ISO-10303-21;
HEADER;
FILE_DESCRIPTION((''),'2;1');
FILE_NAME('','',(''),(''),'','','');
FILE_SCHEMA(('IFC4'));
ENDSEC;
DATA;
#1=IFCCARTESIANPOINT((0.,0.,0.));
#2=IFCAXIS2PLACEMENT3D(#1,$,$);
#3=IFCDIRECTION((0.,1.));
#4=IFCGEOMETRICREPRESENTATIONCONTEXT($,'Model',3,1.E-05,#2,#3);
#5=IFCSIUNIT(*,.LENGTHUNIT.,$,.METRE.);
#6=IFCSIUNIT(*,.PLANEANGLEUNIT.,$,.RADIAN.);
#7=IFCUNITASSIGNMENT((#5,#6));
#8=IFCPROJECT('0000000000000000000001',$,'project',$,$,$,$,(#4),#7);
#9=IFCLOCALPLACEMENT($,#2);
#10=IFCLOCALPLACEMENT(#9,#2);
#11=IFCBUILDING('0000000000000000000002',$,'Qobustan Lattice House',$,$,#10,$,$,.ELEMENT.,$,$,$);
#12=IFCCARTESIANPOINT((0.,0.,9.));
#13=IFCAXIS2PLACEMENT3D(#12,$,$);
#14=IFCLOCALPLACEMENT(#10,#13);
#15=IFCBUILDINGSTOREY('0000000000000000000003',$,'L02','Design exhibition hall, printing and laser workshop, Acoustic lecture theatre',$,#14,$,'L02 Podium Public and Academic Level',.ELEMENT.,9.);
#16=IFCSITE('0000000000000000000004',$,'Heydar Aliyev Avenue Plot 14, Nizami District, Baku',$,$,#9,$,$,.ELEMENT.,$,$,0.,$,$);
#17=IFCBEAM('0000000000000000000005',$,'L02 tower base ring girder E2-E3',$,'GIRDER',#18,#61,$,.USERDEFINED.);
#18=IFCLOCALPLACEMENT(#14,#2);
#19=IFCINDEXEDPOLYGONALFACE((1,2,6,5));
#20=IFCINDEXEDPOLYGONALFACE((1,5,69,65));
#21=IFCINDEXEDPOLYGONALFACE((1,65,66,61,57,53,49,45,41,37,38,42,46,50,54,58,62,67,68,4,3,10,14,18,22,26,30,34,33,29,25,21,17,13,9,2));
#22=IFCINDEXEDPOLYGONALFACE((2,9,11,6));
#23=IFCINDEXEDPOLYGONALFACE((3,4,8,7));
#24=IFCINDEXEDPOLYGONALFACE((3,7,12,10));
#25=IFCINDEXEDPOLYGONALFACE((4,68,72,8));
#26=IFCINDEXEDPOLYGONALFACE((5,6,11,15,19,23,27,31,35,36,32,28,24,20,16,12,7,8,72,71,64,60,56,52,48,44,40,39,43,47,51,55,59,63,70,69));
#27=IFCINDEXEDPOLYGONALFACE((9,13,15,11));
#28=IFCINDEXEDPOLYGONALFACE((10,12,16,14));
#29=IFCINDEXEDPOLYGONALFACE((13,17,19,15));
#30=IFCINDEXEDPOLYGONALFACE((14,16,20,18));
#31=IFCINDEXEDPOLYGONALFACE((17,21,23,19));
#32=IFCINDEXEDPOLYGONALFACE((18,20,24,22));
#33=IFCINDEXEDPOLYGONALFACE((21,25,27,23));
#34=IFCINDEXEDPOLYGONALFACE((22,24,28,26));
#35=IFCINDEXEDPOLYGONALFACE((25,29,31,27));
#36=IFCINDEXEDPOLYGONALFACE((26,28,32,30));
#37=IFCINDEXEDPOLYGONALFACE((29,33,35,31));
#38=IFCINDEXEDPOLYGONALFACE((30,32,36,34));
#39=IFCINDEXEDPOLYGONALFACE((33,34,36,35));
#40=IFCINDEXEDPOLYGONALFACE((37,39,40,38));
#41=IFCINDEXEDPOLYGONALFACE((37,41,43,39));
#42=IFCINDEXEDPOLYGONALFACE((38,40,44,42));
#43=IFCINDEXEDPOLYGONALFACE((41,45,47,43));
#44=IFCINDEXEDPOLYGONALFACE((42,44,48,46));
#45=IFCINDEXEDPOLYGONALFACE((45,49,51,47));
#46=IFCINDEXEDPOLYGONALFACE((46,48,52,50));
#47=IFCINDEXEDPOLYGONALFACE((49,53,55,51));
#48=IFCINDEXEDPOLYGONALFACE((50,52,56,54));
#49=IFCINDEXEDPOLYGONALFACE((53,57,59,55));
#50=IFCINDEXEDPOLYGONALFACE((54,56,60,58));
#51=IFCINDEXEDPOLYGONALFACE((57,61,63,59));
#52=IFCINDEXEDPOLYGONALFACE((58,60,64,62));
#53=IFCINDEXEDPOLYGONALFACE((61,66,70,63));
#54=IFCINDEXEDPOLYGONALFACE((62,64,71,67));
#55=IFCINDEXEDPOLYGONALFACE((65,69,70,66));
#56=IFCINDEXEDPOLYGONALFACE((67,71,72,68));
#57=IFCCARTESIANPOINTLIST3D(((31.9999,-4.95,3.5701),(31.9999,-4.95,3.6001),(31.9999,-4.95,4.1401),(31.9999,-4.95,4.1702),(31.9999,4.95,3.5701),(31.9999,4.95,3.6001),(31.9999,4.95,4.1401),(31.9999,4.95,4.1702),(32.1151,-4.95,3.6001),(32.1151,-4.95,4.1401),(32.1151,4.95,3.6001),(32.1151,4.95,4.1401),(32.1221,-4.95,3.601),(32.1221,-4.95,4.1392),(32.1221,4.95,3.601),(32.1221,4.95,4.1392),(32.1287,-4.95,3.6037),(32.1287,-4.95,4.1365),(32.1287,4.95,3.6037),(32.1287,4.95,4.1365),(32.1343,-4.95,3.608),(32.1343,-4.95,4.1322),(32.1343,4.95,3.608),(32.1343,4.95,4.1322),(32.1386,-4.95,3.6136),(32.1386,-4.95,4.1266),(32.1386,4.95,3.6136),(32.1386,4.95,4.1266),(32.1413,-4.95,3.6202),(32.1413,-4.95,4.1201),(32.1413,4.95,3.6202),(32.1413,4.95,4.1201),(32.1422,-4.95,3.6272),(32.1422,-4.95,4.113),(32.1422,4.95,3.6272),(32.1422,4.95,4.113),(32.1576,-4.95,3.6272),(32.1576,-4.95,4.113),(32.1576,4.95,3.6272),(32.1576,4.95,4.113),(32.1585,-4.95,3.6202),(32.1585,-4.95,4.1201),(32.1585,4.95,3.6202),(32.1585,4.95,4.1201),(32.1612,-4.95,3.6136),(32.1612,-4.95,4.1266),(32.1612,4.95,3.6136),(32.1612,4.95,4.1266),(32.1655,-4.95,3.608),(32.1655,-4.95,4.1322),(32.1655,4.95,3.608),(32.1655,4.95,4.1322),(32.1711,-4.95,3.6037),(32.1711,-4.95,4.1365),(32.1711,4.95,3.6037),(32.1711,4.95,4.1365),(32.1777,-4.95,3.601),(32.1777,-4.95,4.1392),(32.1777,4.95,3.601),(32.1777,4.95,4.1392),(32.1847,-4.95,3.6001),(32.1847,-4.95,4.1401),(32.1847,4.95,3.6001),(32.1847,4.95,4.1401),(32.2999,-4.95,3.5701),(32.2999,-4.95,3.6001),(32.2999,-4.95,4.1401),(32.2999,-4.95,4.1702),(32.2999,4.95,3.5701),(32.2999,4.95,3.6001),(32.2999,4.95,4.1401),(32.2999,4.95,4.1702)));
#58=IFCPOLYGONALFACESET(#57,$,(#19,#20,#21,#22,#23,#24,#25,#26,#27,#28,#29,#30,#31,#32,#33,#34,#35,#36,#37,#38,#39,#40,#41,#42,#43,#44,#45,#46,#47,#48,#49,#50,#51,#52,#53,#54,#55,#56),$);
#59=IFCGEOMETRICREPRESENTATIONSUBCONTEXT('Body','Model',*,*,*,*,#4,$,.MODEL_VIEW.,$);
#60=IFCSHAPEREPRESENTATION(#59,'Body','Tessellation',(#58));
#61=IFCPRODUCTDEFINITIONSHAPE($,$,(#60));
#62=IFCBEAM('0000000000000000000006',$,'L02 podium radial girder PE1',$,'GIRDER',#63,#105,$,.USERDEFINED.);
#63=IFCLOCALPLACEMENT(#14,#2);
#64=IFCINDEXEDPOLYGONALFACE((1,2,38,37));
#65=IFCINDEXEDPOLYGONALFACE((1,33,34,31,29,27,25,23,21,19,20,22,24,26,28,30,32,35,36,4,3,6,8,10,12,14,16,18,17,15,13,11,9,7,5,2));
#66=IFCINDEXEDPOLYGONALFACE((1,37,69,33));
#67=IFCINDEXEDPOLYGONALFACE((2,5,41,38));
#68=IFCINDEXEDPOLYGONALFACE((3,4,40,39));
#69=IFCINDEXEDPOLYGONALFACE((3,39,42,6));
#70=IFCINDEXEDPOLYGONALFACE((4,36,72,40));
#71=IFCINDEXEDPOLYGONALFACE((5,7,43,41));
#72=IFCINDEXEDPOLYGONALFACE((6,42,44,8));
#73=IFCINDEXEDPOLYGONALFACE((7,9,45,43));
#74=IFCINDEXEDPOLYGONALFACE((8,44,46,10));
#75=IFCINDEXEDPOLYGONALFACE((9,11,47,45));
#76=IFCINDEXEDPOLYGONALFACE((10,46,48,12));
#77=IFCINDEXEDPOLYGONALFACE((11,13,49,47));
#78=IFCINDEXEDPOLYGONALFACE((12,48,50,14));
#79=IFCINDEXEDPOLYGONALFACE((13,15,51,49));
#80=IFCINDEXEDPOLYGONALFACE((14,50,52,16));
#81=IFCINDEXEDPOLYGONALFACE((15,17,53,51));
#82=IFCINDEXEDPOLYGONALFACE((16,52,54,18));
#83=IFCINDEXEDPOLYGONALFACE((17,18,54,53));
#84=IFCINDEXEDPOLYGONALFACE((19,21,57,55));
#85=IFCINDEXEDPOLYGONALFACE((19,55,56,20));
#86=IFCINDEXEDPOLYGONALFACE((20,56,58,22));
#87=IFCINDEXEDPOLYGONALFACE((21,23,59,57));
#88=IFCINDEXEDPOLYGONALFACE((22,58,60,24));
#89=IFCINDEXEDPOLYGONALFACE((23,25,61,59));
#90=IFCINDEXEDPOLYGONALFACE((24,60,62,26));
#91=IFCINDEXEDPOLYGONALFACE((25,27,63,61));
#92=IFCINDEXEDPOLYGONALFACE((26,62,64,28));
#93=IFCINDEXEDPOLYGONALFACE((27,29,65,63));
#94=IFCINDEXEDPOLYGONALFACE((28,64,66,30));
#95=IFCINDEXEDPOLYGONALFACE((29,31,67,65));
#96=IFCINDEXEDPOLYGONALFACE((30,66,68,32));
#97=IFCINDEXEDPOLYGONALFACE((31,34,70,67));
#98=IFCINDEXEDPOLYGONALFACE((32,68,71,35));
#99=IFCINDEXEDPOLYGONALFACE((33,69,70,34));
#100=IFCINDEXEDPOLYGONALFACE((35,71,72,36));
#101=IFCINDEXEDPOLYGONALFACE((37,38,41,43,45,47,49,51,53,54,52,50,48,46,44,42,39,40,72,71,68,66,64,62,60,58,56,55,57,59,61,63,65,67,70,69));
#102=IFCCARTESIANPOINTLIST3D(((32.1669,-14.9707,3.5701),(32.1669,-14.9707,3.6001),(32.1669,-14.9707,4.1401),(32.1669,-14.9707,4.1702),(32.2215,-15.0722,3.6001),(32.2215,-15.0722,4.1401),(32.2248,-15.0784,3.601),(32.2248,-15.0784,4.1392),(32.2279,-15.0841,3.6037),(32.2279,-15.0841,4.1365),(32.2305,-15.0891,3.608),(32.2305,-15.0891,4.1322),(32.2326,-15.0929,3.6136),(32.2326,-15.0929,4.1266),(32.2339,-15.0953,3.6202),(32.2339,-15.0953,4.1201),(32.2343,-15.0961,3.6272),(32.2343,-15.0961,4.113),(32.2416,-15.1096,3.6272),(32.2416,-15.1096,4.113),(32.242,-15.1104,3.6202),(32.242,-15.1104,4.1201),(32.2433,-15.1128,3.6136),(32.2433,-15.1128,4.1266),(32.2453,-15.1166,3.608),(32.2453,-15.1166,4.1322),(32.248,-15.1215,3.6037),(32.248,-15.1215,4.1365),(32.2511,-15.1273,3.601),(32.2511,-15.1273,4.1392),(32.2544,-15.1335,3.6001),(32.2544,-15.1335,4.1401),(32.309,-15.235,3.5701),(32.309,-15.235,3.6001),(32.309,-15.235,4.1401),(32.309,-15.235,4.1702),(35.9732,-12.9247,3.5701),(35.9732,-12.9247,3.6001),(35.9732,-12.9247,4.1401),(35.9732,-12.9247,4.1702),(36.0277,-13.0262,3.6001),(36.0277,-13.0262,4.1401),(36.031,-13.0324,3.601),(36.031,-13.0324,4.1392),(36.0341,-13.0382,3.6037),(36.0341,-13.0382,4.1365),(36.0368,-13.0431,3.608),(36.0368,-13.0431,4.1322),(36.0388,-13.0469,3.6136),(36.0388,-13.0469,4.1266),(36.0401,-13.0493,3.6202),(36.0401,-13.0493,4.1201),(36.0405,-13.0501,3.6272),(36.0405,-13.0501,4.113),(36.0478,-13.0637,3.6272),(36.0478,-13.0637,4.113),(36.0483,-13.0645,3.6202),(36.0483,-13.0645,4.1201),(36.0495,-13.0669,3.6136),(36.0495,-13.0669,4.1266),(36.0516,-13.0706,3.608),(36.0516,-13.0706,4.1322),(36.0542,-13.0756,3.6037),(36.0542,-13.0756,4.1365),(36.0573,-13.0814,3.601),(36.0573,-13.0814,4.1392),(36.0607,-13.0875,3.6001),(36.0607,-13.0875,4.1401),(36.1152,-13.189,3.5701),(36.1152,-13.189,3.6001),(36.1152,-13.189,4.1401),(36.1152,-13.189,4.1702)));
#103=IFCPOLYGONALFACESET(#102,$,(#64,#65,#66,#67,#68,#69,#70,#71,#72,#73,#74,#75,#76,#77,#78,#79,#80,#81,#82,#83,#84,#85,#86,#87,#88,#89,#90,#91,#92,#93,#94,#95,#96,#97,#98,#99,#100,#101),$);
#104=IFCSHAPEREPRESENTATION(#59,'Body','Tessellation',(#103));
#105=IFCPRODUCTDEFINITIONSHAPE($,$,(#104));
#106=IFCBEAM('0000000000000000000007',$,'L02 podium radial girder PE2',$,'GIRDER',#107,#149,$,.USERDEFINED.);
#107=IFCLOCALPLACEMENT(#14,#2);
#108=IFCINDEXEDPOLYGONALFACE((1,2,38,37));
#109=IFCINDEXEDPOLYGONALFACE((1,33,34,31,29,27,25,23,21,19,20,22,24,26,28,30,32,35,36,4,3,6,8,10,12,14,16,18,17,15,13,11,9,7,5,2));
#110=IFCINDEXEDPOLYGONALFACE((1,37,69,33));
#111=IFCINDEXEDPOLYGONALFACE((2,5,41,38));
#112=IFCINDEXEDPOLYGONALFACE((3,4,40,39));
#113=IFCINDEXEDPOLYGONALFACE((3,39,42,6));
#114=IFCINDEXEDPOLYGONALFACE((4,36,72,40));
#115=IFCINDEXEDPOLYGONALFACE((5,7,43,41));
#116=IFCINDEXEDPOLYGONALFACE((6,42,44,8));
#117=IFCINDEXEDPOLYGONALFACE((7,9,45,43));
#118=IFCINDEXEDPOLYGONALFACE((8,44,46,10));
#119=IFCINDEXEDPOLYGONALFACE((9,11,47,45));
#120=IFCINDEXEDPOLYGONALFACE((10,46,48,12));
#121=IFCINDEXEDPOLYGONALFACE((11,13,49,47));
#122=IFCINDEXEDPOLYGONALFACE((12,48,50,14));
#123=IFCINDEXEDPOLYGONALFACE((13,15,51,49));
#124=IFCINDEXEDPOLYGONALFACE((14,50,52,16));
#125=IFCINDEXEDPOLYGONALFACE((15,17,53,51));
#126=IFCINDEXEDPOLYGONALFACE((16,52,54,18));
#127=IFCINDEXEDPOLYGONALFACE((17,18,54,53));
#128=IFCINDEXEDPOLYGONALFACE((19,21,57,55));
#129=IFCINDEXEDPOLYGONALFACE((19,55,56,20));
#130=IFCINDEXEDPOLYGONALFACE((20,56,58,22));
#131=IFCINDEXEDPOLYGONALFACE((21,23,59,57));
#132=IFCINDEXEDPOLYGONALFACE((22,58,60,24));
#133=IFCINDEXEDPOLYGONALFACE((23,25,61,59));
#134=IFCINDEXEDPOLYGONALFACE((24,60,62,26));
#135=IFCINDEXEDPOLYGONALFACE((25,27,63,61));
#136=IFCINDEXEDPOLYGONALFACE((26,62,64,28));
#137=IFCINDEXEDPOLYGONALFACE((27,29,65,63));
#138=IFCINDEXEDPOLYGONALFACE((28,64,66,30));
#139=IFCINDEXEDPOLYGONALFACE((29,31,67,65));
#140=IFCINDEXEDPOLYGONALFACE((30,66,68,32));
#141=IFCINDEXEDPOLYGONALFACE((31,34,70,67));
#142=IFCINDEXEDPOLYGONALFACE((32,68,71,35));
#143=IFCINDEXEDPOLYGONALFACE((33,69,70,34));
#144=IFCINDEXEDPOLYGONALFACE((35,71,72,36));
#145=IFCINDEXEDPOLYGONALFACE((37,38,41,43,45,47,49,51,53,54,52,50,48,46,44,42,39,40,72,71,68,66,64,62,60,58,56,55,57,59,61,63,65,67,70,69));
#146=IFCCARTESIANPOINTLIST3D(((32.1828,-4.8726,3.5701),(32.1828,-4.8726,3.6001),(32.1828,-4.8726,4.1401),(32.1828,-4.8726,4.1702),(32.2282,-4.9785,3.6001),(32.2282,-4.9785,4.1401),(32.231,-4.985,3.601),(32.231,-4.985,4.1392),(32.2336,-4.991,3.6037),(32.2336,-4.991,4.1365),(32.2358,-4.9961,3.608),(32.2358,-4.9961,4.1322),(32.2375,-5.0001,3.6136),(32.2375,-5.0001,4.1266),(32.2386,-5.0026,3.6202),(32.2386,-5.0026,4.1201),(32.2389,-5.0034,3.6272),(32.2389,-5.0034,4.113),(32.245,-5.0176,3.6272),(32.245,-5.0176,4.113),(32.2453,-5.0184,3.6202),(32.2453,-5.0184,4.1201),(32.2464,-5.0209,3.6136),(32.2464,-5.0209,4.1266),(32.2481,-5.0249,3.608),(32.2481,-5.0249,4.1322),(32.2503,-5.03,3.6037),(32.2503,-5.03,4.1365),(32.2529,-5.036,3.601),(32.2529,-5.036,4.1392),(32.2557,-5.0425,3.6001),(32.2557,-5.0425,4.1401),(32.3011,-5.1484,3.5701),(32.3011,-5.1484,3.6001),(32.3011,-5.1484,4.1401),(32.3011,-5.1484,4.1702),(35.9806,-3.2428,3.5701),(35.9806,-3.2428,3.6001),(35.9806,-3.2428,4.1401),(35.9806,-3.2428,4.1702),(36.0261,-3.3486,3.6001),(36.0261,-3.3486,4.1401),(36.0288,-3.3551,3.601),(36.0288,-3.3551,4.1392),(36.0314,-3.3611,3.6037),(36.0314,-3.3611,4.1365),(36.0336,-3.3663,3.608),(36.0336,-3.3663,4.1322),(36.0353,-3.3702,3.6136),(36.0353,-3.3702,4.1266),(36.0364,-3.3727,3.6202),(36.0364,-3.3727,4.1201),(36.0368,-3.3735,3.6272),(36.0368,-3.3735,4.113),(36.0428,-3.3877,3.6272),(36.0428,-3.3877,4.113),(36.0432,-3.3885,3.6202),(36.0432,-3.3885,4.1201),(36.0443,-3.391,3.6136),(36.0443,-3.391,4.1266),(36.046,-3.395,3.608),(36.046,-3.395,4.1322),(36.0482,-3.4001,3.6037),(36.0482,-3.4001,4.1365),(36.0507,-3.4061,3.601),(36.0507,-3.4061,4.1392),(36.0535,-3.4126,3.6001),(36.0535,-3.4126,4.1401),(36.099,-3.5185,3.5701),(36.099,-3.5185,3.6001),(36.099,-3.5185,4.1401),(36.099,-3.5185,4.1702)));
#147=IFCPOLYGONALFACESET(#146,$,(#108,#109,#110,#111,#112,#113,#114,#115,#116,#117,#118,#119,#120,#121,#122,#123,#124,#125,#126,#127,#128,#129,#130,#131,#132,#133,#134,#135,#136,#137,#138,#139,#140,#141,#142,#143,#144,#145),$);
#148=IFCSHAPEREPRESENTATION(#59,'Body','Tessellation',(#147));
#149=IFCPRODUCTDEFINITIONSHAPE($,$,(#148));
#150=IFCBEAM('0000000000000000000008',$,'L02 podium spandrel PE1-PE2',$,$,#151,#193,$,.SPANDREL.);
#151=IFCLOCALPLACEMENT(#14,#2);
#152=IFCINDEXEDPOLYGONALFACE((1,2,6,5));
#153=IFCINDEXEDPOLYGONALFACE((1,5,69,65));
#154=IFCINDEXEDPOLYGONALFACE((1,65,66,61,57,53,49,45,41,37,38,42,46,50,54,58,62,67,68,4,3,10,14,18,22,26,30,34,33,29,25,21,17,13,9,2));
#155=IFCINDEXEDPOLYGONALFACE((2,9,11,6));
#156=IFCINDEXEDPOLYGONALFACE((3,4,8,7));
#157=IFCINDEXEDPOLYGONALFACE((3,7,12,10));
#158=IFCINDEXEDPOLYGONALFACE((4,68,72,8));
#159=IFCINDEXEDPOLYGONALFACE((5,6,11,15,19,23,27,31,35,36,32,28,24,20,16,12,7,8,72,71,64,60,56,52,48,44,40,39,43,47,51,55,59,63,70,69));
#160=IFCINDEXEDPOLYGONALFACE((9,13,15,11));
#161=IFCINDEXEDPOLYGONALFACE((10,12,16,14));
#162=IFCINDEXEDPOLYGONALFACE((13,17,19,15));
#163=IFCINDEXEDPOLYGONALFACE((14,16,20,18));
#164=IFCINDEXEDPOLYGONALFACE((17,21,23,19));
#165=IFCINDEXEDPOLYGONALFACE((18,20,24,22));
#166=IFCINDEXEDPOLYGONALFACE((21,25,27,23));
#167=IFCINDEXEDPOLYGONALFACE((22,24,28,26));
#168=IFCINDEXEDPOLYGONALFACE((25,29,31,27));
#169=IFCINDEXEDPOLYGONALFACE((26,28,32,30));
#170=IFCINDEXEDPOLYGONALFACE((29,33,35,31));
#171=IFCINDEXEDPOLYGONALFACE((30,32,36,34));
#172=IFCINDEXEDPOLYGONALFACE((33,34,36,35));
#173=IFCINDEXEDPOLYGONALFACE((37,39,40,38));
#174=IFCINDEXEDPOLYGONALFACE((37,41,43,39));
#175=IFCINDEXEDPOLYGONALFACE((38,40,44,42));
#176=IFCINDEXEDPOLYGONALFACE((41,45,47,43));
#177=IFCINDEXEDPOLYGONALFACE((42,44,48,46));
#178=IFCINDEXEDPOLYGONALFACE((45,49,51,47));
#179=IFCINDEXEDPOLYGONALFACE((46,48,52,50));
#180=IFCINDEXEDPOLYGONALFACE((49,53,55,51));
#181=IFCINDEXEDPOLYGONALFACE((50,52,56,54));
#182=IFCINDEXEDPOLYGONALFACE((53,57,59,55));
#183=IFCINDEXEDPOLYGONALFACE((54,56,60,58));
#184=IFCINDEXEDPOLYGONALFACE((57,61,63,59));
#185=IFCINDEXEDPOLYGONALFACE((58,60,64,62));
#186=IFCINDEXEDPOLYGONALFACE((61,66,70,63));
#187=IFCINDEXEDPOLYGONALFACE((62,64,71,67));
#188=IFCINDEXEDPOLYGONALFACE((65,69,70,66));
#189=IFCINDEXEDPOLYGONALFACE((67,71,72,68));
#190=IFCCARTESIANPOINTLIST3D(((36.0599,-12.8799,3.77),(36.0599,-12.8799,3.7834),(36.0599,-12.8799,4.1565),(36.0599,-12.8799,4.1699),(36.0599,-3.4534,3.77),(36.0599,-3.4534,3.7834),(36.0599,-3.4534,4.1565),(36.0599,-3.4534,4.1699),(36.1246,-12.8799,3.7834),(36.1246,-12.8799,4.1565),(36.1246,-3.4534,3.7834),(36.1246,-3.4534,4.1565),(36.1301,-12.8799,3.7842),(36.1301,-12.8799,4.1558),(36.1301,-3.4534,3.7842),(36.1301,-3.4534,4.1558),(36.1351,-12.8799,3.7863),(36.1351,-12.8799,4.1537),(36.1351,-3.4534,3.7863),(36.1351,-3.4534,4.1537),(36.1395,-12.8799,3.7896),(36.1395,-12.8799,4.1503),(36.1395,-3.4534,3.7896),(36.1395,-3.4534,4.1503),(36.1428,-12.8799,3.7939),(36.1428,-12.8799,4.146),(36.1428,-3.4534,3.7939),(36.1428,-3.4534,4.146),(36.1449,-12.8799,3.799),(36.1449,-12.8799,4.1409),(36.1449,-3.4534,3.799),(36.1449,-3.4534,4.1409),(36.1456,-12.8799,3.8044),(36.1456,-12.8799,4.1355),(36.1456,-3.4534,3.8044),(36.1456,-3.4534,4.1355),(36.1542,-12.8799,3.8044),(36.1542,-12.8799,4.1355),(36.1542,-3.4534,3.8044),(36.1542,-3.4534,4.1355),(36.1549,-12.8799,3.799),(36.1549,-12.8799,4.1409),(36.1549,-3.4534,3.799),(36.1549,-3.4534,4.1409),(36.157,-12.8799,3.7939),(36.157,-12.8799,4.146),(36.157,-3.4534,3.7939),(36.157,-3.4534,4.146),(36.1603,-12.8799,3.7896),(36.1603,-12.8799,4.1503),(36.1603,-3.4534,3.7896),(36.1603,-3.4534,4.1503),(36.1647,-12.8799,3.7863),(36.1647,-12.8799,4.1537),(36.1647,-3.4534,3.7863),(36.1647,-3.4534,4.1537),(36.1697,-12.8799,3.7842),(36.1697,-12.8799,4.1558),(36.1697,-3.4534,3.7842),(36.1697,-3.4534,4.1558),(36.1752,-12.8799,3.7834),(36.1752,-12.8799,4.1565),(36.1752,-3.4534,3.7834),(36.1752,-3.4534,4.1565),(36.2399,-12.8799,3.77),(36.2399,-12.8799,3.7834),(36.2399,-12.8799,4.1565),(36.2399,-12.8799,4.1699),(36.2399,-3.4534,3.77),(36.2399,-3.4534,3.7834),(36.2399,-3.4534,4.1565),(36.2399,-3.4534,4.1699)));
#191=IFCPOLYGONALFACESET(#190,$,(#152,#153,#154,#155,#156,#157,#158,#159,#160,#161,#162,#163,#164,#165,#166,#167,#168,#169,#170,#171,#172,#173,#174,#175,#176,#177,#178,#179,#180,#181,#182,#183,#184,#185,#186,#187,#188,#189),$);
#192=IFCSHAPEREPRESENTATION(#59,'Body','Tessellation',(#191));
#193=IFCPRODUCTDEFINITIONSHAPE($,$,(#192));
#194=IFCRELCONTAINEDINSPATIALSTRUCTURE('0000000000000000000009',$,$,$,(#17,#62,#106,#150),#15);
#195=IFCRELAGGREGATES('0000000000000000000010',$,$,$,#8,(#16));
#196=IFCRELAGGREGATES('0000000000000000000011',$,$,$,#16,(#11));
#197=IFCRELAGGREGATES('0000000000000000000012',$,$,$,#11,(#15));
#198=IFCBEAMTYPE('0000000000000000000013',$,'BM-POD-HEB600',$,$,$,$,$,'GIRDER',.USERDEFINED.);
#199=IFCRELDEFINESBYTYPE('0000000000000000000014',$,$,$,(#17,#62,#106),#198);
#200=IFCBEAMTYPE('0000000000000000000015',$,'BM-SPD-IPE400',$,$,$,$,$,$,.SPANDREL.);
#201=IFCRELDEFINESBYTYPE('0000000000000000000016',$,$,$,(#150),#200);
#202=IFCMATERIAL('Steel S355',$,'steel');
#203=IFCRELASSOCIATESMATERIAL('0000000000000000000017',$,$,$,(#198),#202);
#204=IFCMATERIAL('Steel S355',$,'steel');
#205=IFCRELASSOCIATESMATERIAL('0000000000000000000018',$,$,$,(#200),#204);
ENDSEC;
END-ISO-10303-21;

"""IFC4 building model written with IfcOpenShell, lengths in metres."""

from ifc_helpers import new_model, si_unit, direction, frame, origin, origin_2d, place, context, subcontext, project, spatial, i_section, extrude, material, material_profile, profile_set, type_object, element, save


model = new_model("IFC4")

# Units and contexts
model_context = context("Model", 3, precision=1e-05, world=origin(), true_north=direction((0.0, 1.0)))
body_context = subcontext(model_context, "Body", "Model", "MODEL_VIEW")
ifc_project = project(units=[si_unit("LENGTHUNIT", "METRE"), si_unit("PLANEANGLEUNIT", "RADIAN")], contexts=[model_context])

# Site, building, storey
site_placement = place(None, origin())
site = spatial("IfcSite", under=ifc_project, at=site_placement, Name="Heydar Aliyev Avenue Plot 14, Nizami District, Baku", CompositionType="ELEMENT", RefElevation=0.0)
building_placement = place(site_placement, origin())
building = spatial("IfcBuilding", under=site, at=building_placement, Name="Qobustan Lattice House", CompositionType="ELEMENT")
storey_placement = place(building_placement, frame((0.0, 0.0, 9.0)))
storey = spatial("IfcBuildingStorey", under=building, at=storey_placement, Name="L02", Description="Design exhibition hall, printing and laser workshop, Acoustic lecture theatre", LongName="L02 Podium Public and Academic Level", CompositionType="ELEMENT", Elevation=9.0)

# Beams
ifc_material_1 = material(Name="Steel S355", Category="steel")
ifc_material_profile_1 = material_profile(ifc_material_1, i_section(OverallWidth=0.3, OverallDepth=0.6001, WebThickness=0.0154, FlangeThickness=0.03, FilletRadius=0.0271, at=origin_2d()), Name="HEB600")
ifc_profile_set_1 = profile_set([ifc_material_profile_1], Name="Steel S355")
beam_type_1 = type_object("IfcBeamType", Name="BM-POD-HEB600", ElementType="GIRDER", PredefinedType="USERDEFINED", material=ifc_profile_set_1)
beam_1_placement = place(storey_placement, frame((32.1499, -4.95, 3.8701), z_axis=(0.0, 1.0, 0.0), x_axis=(-1.0, 0.0, 0.0)))
element("IfcBeam", 1, at=beam_1_placement, inside=storey, type_object=beam_type_1, Name="L02 tower base ring girder E2-E3", ObjectType="GIRDER", PredefinedType="USERDEFINED", context=body_context, shape_type="SweptSolid", body=[
    extrude(i_section(OverallWidth=0.3, OverallDepth=0.6001, WebThickness=0.0154, FlangeThickness=0.03, FilletRadius=0.0271, at=origin_2d()), origin(), (0.0, 0.0, 1.0), 9.8999),
])
beam_2_placement = place(storey_placement, frame((36.0442, -13.0569, 3.8701), z_axis=(-0.880816, -0.47346, 0.0), x_axis=(0.47346, -0.880816, 0.0)))
element("IfcBeam", 2, at=beam_2_placement, inside=storey, type_object=beam_type_1, Name="L02 podium radial girder PE1", ObjectType="GIRDER", PredefinedType="USERDEFINED", context=body_context, shape_type="SweptSolid", body=[
    extrude(i_section(OverallWidth=0.3, OverallDepth=0.6001, WebThickness=0.0154, FlangeThickness=0.03, FilletRadius=0.0271, at=origin_2d()), origin(), (0.0, 0.0, 1.0), 4.3213),
])
beam_3_placement = place(storey_placement, frame((36.0398, -3.3806, 3.8701), z_axis=(-0.918949, -0.394376, 0.0), x_axis=(0.394376, -0.918949, 0.0)))
element("IfcBeam", 3, at=beam_3_placement, inside=storey, type_object=beam_type_1, Name="L02 podium radial girder PE2", ObjectType="GIRDER", PredefinedType="USERDEFINED", context=body_context, shape_type="SweptSolid", body=[
    extrude(i_section(OverallWidth=0.3, OverallDepth=0.6001, WebThickness=0.0154, FlangeThickness=0.03, FilletRadius=0.0271, at=origin_2d()), origin(), (0.0, 0.0, 1.0), 4.1328),
])
ifc_material_2 = material(Name="Steel S355", Category="steel")
ifc_material_profile_2 = material_profile(ifc_material_2, i_section(OverallWidth=0.1799, OverallDepth=0.3999, WebThickness=0.0085, FlangeThickness=0.0134, FilletRadius=0.021, at=origin_2d()), Name="IPE400")
ifc_profile_set_2 = profile_set([ifc_material_profile_2], Name="Steel S355")
beam_type_2 = type_object("IfcBeamType", Name="BM-SPD-IPE400", PredefinedType="SPANDREL", material=ifc_profile_set_2)
beam_4_placement = place(storey_placement, frame((36.1499, -12.8799, 3.97), z_axis=(0.0, 1.0, 0.0), x_axis=(-1.0, 0.0, 0.0)))
element("IfcBeam", 4, at=beam_4_placement, inside=storey, type_object=beam_type_2, Name="L02 podium spandrel PE1-PE2", PredefinedType="SPANDREL", context=body_context, shape_type="SweptSolid", body=[
    extrude(i_section(OverallWidth=0.1799, OverallDepth=0.3999, WebThickness=0.0085, FlangeThickness=0.0134, FilletRadius=0.021, at=origin_2d()), origin(), (0.0, 0.0, 1.0), 9.4265),
])

save(model, "model.ifc")
